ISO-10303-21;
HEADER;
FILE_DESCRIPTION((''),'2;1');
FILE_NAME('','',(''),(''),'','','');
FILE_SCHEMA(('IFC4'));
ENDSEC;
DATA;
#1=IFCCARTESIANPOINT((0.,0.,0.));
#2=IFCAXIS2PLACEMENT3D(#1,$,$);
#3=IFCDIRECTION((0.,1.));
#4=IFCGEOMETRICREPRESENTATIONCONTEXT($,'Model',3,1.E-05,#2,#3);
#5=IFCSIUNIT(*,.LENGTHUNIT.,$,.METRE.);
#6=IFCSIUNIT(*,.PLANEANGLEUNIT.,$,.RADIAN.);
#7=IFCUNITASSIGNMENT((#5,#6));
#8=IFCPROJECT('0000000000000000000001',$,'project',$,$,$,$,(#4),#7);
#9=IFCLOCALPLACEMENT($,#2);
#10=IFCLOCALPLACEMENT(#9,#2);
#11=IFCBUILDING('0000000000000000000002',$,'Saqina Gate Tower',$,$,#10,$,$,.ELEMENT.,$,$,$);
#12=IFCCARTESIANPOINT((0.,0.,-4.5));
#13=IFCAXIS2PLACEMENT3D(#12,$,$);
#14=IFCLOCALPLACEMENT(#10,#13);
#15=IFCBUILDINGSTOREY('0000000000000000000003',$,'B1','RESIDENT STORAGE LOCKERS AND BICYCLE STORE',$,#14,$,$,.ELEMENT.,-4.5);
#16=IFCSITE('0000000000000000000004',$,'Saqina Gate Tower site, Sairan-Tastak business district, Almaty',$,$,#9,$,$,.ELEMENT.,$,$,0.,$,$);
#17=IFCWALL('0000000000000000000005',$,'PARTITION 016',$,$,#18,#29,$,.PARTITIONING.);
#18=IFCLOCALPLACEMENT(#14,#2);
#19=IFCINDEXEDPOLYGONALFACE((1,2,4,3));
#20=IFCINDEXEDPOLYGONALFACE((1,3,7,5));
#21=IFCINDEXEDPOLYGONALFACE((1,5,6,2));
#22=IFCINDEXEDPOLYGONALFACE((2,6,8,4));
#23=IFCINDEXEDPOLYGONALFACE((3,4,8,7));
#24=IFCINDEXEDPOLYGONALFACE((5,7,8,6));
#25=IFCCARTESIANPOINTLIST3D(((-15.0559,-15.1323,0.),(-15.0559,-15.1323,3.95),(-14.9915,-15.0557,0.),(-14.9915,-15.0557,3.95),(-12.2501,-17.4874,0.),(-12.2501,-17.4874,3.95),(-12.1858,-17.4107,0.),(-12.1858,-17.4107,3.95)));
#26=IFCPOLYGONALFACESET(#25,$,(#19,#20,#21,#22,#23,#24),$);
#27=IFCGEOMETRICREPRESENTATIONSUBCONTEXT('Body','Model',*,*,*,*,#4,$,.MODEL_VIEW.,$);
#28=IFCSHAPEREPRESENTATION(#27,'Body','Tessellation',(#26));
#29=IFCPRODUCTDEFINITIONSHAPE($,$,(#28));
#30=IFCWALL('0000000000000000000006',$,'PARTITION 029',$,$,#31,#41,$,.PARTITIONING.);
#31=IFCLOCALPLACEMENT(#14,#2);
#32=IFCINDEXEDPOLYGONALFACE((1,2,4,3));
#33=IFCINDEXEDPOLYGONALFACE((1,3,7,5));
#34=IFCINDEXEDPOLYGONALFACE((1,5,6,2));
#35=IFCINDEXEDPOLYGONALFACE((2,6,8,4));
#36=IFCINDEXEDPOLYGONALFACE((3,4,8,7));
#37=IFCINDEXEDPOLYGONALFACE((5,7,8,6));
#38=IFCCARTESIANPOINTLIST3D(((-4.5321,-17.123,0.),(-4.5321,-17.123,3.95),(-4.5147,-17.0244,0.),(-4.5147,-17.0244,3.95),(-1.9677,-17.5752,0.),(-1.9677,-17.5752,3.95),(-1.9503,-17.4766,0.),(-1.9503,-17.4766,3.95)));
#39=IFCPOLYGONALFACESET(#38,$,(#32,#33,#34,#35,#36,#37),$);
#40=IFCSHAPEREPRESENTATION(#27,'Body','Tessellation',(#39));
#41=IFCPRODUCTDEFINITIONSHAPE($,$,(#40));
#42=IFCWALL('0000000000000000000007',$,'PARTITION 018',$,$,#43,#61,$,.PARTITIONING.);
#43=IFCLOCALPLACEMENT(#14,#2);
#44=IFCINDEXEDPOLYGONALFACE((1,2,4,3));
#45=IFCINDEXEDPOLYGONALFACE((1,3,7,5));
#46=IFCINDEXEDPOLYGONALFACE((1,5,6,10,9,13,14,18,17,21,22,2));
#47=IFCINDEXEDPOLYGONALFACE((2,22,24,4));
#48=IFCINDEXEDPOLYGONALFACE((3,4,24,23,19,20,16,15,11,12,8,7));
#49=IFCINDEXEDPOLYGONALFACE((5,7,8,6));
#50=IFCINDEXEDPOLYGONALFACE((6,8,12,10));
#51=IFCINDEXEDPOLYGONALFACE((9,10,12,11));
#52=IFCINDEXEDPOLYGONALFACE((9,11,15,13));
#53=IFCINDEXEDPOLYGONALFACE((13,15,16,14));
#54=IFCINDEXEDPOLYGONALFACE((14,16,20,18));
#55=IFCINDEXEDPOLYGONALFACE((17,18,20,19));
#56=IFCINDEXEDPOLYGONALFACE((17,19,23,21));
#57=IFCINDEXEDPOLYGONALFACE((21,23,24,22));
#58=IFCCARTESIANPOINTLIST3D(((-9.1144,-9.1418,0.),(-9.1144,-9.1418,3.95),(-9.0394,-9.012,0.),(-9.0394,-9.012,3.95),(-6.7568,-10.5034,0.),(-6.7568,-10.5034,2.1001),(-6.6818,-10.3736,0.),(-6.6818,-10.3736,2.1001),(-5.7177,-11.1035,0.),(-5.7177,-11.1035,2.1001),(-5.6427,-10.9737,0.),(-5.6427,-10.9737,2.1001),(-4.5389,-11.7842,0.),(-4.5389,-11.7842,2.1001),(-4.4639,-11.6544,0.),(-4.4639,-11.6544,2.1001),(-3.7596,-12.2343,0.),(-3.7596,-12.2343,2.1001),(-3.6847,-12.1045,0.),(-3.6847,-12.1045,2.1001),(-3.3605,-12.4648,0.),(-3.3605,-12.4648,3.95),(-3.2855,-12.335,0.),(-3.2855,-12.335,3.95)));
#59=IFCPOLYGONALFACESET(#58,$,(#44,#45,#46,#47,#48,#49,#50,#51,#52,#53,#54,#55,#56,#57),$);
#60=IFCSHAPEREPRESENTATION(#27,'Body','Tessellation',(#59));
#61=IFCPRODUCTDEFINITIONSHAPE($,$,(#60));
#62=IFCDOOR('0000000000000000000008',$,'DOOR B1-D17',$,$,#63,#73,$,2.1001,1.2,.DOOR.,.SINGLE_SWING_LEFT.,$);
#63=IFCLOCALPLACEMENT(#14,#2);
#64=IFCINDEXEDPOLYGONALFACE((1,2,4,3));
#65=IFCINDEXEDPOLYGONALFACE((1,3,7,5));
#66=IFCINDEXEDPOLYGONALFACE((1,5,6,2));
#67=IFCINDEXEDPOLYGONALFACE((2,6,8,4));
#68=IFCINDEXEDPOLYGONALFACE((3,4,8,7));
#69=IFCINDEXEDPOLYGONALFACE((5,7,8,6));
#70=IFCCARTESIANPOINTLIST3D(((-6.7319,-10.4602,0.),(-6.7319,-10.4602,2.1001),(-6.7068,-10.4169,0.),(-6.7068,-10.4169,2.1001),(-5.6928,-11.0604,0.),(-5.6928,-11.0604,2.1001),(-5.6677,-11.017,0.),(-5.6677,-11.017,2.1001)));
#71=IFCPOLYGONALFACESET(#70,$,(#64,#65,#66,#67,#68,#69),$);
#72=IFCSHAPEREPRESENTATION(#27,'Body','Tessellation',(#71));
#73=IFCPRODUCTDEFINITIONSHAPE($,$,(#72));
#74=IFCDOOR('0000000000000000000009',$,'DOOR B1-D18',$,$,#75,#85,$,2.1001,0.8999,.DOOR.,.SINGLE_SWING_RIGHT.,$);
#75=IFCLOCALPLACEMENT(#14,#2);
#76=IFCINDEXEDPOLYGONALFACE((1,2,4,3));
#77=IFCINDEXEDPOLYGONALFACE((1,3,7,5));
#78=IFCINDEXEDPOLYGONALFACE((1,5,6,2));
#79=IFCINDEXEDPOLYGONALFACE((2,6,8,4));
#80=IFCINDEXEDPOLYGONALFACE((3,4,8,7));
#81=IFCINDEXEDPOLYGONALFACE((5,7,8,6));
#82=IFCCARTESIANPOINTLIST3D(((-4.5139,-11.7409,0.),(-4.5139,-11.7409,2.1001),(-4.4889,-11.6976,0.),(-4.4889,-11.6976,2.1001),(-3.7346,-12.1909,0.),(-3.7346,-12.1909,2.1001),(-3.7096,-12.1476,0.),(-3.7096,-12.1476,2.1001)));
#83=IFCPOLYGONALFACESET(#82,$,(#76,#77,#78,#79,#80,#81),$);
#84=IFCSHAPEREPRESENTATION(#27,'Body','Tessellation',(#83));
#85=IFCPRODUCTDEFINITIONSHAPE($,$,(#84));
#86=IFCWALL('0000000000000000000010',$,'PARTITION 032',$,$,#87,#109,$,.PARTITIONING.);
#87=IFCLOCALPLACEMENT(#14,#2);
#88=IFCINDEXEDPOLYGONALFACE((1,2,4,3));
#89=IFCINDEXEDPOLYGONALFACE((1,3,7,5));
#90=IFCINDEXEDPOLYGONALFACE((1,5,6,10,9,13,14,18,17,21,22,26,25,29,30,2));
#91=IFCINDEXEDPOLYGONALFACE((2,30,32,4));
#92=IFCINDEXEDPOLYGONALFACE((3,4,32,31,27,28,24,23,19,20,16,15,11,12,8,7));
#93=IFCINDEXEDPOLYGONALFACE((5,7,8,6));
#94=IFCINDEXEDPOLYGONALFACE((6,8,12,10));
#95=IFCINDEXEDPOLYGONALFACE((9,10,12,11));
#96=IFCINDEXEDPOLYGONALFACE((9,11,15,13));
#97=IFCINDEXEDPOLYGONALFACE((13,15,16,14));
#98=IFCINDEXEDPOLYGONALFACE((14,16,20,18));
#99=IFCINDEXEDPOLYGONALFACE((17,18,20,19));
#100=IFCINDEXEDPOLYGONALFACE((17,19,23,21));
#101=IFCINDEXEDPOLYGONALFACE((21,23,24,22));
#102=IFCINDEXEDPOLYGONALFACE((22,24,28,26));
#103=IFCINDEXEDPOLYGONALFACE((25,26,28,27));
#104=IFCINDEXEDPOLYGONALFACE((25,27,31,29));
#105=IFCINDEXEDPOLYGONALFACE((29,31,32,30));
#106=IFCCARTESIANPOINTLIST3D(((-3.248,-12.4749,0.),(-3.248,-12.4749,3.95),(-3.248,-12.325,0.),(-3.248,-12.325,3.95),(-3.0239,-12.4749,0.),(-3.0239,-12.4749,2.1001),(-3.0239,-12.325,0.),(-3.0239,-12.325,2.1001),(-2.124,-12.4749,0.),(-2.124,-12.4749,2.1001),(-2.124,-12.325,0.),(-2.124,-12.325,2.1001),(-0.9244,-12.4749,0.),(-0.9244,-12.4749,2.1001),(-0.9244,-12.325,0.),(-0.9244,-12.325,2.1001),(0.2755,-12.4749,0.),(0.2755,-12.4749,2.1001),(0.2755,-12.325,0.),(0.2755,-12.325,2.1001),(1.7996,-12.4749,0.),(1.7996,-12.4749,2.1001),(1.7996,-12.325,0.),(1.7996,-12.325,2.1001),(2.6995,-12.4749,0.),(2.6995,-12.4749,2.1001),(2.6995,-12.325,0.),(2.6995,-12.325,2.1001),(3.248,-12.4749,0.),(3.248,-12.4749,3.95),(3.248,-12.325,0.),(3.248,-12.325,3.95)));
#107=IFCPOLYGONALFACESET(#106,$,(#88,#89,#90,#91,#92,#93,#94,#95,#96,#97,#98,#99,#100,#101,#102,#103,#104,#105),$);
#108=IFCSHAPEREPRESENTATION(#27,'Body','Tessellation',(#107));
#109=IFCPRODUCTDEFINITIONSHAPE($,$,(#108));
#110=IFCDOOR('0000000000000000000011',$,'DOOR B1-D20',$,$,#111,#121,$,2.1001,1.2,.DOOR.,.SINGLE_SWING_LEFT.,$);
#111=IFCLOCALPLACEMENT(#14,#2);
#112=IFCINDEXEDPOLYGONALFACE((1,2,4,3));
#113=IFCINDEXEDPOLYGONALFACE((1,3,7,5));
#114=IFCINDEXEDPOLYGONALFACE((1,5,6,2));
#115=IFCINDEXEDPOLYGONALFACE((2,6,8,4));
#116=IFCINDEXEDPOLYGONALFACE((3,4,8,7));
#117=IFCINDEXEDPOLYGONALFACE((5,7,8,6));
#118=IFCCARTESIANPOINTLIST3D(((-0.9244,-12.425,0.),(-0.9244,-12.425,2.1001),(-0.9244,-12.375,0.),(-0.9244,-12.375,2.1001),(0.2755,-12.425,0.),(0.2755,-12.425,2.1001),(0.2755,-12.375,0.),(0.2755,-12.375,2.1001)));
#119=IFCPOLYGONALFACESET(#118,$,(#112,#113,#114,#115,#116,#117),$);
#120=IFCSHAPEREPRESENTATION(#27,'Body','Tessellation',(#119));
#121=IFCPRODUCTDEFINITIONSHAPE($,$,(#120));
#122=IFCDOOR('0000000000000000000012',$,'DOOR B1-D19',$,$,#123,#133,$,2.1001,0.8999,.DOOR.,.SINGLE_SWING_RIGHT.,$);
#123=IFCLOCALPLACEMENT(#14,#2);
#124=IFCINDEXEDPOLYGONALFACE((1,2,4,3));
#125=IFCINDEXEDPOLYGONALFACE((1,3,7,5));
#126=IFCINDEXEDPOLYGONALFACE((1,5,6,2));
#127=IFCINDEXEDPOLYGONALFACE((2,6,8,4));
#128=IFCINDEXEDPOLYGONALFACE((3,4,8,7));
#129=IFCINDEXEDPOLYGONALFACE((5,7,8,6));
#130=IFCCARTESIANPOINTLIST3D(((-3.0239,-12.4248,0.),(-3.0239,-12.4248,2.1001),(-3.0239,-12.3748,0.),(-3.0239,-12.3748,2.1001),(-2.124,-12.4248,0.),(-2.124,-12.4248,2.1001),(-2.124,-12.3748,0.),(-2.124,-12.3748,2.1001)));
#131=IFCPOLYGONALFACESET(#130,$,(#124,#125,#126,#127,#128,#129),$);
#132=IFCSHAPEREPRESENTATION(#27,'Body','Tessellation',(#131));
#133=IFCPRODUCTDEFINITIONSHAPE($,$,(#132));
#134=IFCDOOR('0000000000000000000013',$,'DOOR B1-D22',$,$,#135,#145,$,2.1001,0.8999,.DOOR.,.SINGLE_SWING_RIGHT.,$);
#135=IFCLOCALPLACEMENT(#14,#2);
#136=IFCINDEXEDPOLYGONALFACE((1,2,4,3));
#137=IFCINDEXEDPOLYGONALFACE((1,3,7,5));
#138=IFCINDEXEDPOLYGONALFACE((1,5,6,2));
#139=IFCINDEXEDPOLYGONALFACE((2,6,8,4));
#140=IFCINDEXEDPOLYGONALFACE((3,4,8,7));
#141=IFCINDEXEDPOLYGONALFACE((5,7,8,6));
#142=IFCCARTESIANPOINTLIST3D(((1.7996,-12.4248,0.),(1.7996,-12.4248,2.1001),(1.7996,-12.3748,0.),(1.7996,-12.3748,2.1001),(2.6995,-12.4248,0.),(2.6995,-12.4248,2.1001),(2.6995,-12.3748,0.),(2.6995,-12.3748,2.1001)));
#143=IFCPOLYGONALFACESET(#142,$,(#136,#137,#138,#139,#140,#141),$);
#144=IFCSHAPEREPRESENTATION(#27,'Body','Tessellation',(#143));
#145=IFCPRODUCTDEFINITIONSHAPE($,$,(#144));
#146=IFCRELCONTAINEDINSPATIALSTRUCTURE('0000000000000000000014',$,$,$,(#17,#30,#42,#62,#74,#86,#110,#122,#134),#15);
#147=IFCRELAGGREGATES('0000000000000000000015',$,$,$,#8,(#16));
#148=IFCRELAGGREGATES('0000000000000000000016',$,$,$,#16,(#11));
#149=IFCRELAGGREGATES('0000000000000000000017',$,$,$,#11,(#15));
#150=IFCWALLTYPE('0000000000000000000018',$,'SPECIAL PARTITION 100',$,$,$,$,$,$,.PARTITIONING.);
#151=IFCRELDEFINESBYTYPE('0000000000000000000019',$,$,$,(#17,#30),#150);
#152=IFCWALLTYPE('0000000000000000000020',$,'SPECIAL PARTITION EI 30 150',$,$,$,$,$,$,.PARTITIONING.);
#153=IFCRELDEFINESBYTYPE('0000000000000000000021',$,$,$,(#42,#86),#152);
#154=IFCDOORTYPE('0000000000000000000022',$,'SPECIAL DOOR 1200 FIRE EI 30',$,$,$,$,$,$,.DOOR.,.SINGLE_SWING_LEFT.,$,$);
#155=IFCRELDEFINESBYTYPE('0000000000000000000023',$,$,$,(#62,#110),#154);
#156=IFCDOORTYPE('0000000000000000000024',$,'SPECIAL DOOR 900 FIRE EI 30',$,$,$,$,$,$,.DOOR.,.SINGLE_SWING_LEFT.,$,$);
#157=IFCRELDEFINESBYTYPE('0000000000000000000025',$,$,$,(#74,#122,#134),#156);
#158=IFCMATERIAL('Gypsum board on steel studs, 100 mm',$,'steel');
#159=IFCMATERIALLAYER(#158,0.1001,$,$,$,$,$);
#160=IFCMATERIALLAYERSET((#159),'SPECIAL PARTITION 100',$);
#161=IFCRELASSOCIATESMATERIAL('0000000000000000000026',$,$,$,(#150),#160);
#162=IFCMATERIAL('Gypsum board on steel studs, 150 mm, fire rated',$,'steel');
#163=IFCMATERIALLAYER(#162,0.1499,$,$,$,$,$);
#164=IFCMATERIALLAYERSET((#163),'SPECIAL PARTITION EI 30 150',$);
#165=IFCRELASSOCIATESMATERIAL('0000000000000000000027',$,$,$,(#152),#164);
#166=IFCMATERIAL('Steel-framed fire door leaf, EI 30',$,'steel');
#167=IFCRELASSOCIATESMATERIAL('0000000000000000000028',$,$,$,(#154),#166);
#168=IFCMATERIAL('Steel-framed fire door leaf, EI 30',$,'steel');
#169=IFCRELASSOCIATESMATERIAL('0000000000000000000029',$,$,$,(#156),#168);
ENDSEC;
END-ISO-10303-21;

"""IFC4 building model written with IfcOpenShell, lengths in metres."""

from ifc_helpers import new_model, si_unit, direction, frame, frame_2d, origin, place, context, subcontext, project, spatial, rectangle, extrude, material, layer, layer_set, type_object, element, fill, save


model = new_model("IFC4")

# Units and contexts
model_context = context("Model", 3, precision=1e-05, world=origin(), true_north=direction((0.0, 1.0)))
body_context = subcontext(model_context, "Body", "Model", "MODEL_VIEW")
ifc_project = project(units=[si_unit("LENGTHUNIT", "METRE"), si_unit("PLANEANGLEUNIT", "RADIAN")], contexts=[model_context])

# Site, building, storey
site_placement = place(None, origin())
site = spatial("IfcSite", under=ifc_project, at=site_placement, Name="Saqina Gate Tower site, Sairan-Tastak business district, Almaty", CompositionType="ELEMENT", RefElevation=0.0)
building_placement = place(site_placement, origin())
building = spatial("IfcBuilding", under=site, at=building_placement, Name="Saqina Gate Tower", CompositionType="ELEMENT")
storey_placement = place(building_placement, frame((0.0, 0.0, -4.5)))
storey = spatial("IfcBuildingStorey", under=building, at=storey_placement, Name="B1", Description="RESIDENT STORAGE LOCKERS AND BICYCLE STORE", CompositionType="ELEMENT", Elevation=-4.5)

# Walls
ifc_material_1 = material(Name="Gypsum board on steel studs, 100 mm", Category="steel")
ifc_layer_1 = layer(ifc_material_1, 0.1001)
ifc_layer_set_1 = layer_set([ifc_layer_1], Name="SPECIAL PARTITION 100")
wall_type_1 = type_object("IfcWallType", Name="SPECIAL PARTITION 100", PredefinedType="PARTITIONING", material=ifc_layer_set_1)
wall_1_placement = place(storey_placement, frame((-15.0237, -15.094, 0.0), z_axis=(0.0, 0.0, 1.0), x_axis=(0.765944, -0.642908, 0.0)))
element("IfcWall", 1, at=wall_1_placement, inside=storey, type_object=wall_type_1, Name="PARTITION 016", PredefinedType="PARTITIONING", context=body_context, shape_type="SweptSolid", body=[
    extrude(rectangle(XDim=3.6631, YDim=0.1001, at=frame_2d((1.8315, 0.0))), origin(), (0.0, 0.0, 1.0), 3.95),
])
wall_2_placement = place(storey_placement, frame((-4.5234, -17.0737, 0.0), z_axis=(0.0, 0.0, 1.0), x_axis=(0.98481, -0.173636, 0.0)))
element("IfcWall", 2, at=wall_2_placement, inside=storey, type_object=wall_type_1, Name="PARTITION 029", PredefinedType="PARTITIONING", context=body_context, shape_type="SweptSolid", body=[
    extrude(rectangle(XDim=2.604, YDim=0.1001, at=frame_2d((1.302, 0.0))), origin(), (0.0, 0.0, 1.0), 3.95),
])

# Walls, openings, doors
ifc_material_2 = material(Name="Gypsum board on steel studs, 150 mm, fire rated", Category="steel")
ifc_layer_2 = layer(ifc_material_2, 0.1499)
ifc_layer_set_2 = layer_set([ifc_layer_2], Name="SPECIAL PARTITION EI 30 150")
wall_type_2 = type_object("IfcWallType", Name="SPECIAL PARTITION EI 30 150", PredefinedType="PARTITIONING", material=ifc_layer_set_2)
wall_3_placement = place(storey_placement, frame((-9.0769, -9.0769, 0.0), z_axis=(0.0, 0.0, 1.0), x_axis=(0.865962, -0.50011, 0.0)))
wall_3 = element("IfcWall", 3, at=wall_3_placement, inside=storey, type_object=wall_type_2, Name="PARTITION 018", PredefinedType="PARTITIONING", context=body_context, shape_type="SweptSolid", body=[
    extrude(rectangle(XDim=6.6445, YDim=0.1499, at=frame_2d((3.3223, 0.0))), origin(), (0.0, 0.0, 1.0), 3.95),
])
opening_1_placement = place(wall_3_placement, frame((2.7224, 0.0, 0.0)))
opening_1 = element("IfcOpeningElement", 4, at=opening_1_placement, cuts=wall_3, PredefinedType="OPENING", context=body_context, shape_type="SweptSolid", body=[
    extrude(rectangle(XDim=1.2, YDim=2.1001, at=frame_2d((0.6001, 1.05))), frame((0.0, 0.0869, 0.0), z_axis=(0.0, -1.0, 0.0), x_axis=(1.0, 0.0, 0.0)), (0.0, 0.0, 1.0), 0.1738),
])
opening_2_placement = place(wall_3_placement, frame((5.2837, 0.0, 0.0)))
opening_2 = element("IfcOpeningElement", 5, at=opening_2_placement, cuts=wall_3, PredefinedType="OPENING", context=body_context, shape_type="SweptSolid", body=[
    extrude(rectangle(XDim=0.8999, YDim=2.1001, at=frame_2d((0.45, 1.05))), frame((0.0, 0.0869, 0.0), z_axis=(0.0, -1.0, 0.0), x_axis=(1.0, 0.0, 0.0)), (0.0, 0.0, 1.0), 0.1738),
])
ifc_material_3 = material(Name="Steel-framed fire door leaf, EI 30", Category="steel")
door_type_1 = type_object("IfcDoorType", Name="SPECIAL DOOR 1200 FIRE EI 30", OperationType="SINGLE_SWING_LEFT", PredefinedType="DOOR", material=ifc_material_3)
door_1_placement = place(opening_1_placement, origin())
door_1 = element("IfcDoor", 6, at=door_1_placement, inside=storey, type_object=door_type_1, Name="DOOR B1-D17", OperationType="SINGLE_SWING_LEFT", OverallHeight=2.1001, OverallWidth=1.2, PredefinedType="DOOR", context=body_context, shape_type="SweptSolid", body=[
    extrude(rectangle(XDim=1.2, YDim=2.1001, at=frame_2d((0.6001, 1.05))), frame((0.0, 0.0249, 0.0), z_axis=(0.0, -1.0, 0.0), x_axis=(1.0, 0.0, 0.0)), (0.0, 0.0, 1.0), 0.05),
])
fill(opening_1, door_1)
ifc_material_4 = material(Name="Steel-framed fire door leaf, EI 30", Category="steel")
door_type_2 = type_object("IfcDoorType", Name="SPECIAL DOOR 900 FIRE EI 30", OperationType="SINGLE_SWING_LEFT", PredefinedType="DOOR", material=ifc_material_4)
door_2_placement = place(opening_2_placement, frame((0.8999, 0.0, 0.0), z_axis=(0.0, 0.0, 1.0), x_axis=(-1.0, 0.0, 0.0)))
door_2 = element("IfcDoor", 7, at=door_2_placement, inside=storey, type_object=door_type_2, Name="DOOR B1-D18", OperationType="SINGLE_SWING_RIGHT", OverallHeight=2.1001, OverallWidth=0.8999, PredefinedType="DOOR", context=body_context, shape_type="SweptSolid", body=[
    extrude(rectangle(XDim=0.8999, YDim=2.1001, at=frame_2d((0.45, 1.05))), frame((0.0, 0.0249, 0.0), z_axis=(0.0, -1.0, 0.0), x_axis=(1.0, 0.0, 0.0)), (0.0, 0.0, 1.0), 0.05),
])
fill(opening_2, door_2)
wall_4_placement = place(storey_placement, frame((-3.248, -12.3999, 0.0), z_axis=(0.0, 0.0, 1.0), x_axis=(1.0, 0.0, 0.0)))
wall_4 = element("IfcWall", 8, at=wall_4_placement, inside=storey, type_object=wall_type_2, Name="PARTITION 032", PredefinedType="PARTITIONING", context=body_context, shape_type="SweptSolid", body=[
    extrude(rectangle(XDim=6.4961, YDim=0.1499, at=frame_2d((3.248, 0.0))), origin(), (0.0, 0.0, 1.0), 3.95),
])
opening_3_placement = place(wall_4_placement, frame((0.2241, 0.0, 0.0)))
opening_3 = element("IfcOpeningElement", 9, at=opening_3_placement, cuts=wall_4, PredefinedType="OPENING", context=body_context, shape_type="SweptSolid", body=[
    extrude(rectangle(XDim=0.8999, YDim=2.1001, at=frame_2d((0.45, 1.05))), frame((0.0, 0.0869, 0.0), z_axis=(0.0, -1.0, 0.0), x_axis=(1.0, 0.0, 0.0)), (0.0, 0.0, 1.0), 0.1738),
])
opening_4_placement = place(wall_4_placement, frame((2.3235, 0.0, 0.0)))
opening_4 = element("IfcOpeningElement", 10, at=opening_4_placement, cuts=wall_4, PredefinedType="OPENING", context=body_context, shape_type="SweptSolid", body=[
    extrude(rectangle(XDim=1.2, YDim=2.1001, at=frame_2d((0.6001, 1.05))), frame((0.0, 0.0869, 0.0), z_axis=(0.0, -1.0, 0.0), x_axis=(1.0, 0.0, 0.0)), (0.0, 0.0, 1.0), 0.1738),
])
opening_5_placement = place(wall_4_placement, frame((5.0476, 0.0, 0.0)))
opening_5 = element("IfcOpeningElement", 11, at=opening_5_placement, cuts=wall_4, PredefinedType="OPENING", context=body_context, shape_type="SweptSolid", body=[
    extrude(rectangle(XDim=0.8999, YDim=2.1001, at=frame_2d((0.45, 1.05))), frame((0.0, 0.0869, 0.0), z_axis=(0.0, -1.0, 0.0), x_axis=(1.0, 0.0, 0.0)), (0.0, 0.0, 1.0), 0.1738),
])
door_3_placement = place(opening_4_placement, origin())
door_3 = element("IfcDoor", 12, at=door_3_placement, inside=storey, type_object=door_type_1, Name="DOOR B1-D20", OperationType="SINGLE_SWING_LEFT", OverallHeight=2.1001, OverallWidth=1.2, PredefinedType="DOOR", context=body_context, shape_type="SweptSolid", body=[
    extrude(rectangle(XDim=1.2, YDim=2.1001, at=frame_2d((0.6001, 1.05))), frame((0.0, 0.0249, 0.0), z_axis=(0.0, -1.0, 0.0), x_axis=(1.0, 0.0, 0.0)), (0.0, 0.0, 1.0), 0.05),
])
fill(opening_4, door_3)
door_4_placement = place(opening_3_placement, frame((0.8999, 0.0, 0.0), z_axis=(0.0, 0.0, 1.0), x_axis=(-1.0, 0.0, 0.0)))
door_4 = element("IfcDoor", 13, at=door_4_placement, inside=storey, type_object=door_type_2, Name="DOOR B1-D19", OperationType="SINGLE_SWING_RIGHT", OverallHeight=2.1001, OverallWidth=0.8999, PredefinedType="DOOR", context=body_context, shape_type="SweptSolid", body=[
    extrude(rectangle(XDim=0.8999, YDim=2.1001, at=frame_2d((0.45, 1.05))), frame((0.0, 0.0249, 0.0), z_axis=(0.0, -1.0, 0.0), x_axis=(1.0, 0.0, 0.0)), (0.0, 0.0, 1.0), 0.05),
])
fill(opening_3, door_4)
door_5_placement = place(opening_5_placement, frame((0.8999, 0.0, 0.0), z_axis=(0.0, 0.0, 1.0), x_axis=(-1.0, 0.0, 0.0)))
door_5 = element("IfcDoor", 14, at=door_5_placement, inside=storey, type_object=door_type_2, Name="DOOR B1-D22", OperationType="SINGLE_SWING_RIGHT", OverallHeight=2.1001, OverallWidth=0.8999, PredefinedType="DOOR", context=body_context, shape_type="SweptSolid", body=[
    extrude(rectangle(XDim=0.8999, YDim=2.1001, at=frame_2d((0.45, 1.05))), frame((0.0, 0.0249, 0.0), z_axis=(0.0, -1.0, 0.0), x_axis=(1.0, 0.0, 0.0)), (0.0, 0.0, 1.0), 0.05),
])
fill(opening_5, door_5)

save(model, "model.ifc")
